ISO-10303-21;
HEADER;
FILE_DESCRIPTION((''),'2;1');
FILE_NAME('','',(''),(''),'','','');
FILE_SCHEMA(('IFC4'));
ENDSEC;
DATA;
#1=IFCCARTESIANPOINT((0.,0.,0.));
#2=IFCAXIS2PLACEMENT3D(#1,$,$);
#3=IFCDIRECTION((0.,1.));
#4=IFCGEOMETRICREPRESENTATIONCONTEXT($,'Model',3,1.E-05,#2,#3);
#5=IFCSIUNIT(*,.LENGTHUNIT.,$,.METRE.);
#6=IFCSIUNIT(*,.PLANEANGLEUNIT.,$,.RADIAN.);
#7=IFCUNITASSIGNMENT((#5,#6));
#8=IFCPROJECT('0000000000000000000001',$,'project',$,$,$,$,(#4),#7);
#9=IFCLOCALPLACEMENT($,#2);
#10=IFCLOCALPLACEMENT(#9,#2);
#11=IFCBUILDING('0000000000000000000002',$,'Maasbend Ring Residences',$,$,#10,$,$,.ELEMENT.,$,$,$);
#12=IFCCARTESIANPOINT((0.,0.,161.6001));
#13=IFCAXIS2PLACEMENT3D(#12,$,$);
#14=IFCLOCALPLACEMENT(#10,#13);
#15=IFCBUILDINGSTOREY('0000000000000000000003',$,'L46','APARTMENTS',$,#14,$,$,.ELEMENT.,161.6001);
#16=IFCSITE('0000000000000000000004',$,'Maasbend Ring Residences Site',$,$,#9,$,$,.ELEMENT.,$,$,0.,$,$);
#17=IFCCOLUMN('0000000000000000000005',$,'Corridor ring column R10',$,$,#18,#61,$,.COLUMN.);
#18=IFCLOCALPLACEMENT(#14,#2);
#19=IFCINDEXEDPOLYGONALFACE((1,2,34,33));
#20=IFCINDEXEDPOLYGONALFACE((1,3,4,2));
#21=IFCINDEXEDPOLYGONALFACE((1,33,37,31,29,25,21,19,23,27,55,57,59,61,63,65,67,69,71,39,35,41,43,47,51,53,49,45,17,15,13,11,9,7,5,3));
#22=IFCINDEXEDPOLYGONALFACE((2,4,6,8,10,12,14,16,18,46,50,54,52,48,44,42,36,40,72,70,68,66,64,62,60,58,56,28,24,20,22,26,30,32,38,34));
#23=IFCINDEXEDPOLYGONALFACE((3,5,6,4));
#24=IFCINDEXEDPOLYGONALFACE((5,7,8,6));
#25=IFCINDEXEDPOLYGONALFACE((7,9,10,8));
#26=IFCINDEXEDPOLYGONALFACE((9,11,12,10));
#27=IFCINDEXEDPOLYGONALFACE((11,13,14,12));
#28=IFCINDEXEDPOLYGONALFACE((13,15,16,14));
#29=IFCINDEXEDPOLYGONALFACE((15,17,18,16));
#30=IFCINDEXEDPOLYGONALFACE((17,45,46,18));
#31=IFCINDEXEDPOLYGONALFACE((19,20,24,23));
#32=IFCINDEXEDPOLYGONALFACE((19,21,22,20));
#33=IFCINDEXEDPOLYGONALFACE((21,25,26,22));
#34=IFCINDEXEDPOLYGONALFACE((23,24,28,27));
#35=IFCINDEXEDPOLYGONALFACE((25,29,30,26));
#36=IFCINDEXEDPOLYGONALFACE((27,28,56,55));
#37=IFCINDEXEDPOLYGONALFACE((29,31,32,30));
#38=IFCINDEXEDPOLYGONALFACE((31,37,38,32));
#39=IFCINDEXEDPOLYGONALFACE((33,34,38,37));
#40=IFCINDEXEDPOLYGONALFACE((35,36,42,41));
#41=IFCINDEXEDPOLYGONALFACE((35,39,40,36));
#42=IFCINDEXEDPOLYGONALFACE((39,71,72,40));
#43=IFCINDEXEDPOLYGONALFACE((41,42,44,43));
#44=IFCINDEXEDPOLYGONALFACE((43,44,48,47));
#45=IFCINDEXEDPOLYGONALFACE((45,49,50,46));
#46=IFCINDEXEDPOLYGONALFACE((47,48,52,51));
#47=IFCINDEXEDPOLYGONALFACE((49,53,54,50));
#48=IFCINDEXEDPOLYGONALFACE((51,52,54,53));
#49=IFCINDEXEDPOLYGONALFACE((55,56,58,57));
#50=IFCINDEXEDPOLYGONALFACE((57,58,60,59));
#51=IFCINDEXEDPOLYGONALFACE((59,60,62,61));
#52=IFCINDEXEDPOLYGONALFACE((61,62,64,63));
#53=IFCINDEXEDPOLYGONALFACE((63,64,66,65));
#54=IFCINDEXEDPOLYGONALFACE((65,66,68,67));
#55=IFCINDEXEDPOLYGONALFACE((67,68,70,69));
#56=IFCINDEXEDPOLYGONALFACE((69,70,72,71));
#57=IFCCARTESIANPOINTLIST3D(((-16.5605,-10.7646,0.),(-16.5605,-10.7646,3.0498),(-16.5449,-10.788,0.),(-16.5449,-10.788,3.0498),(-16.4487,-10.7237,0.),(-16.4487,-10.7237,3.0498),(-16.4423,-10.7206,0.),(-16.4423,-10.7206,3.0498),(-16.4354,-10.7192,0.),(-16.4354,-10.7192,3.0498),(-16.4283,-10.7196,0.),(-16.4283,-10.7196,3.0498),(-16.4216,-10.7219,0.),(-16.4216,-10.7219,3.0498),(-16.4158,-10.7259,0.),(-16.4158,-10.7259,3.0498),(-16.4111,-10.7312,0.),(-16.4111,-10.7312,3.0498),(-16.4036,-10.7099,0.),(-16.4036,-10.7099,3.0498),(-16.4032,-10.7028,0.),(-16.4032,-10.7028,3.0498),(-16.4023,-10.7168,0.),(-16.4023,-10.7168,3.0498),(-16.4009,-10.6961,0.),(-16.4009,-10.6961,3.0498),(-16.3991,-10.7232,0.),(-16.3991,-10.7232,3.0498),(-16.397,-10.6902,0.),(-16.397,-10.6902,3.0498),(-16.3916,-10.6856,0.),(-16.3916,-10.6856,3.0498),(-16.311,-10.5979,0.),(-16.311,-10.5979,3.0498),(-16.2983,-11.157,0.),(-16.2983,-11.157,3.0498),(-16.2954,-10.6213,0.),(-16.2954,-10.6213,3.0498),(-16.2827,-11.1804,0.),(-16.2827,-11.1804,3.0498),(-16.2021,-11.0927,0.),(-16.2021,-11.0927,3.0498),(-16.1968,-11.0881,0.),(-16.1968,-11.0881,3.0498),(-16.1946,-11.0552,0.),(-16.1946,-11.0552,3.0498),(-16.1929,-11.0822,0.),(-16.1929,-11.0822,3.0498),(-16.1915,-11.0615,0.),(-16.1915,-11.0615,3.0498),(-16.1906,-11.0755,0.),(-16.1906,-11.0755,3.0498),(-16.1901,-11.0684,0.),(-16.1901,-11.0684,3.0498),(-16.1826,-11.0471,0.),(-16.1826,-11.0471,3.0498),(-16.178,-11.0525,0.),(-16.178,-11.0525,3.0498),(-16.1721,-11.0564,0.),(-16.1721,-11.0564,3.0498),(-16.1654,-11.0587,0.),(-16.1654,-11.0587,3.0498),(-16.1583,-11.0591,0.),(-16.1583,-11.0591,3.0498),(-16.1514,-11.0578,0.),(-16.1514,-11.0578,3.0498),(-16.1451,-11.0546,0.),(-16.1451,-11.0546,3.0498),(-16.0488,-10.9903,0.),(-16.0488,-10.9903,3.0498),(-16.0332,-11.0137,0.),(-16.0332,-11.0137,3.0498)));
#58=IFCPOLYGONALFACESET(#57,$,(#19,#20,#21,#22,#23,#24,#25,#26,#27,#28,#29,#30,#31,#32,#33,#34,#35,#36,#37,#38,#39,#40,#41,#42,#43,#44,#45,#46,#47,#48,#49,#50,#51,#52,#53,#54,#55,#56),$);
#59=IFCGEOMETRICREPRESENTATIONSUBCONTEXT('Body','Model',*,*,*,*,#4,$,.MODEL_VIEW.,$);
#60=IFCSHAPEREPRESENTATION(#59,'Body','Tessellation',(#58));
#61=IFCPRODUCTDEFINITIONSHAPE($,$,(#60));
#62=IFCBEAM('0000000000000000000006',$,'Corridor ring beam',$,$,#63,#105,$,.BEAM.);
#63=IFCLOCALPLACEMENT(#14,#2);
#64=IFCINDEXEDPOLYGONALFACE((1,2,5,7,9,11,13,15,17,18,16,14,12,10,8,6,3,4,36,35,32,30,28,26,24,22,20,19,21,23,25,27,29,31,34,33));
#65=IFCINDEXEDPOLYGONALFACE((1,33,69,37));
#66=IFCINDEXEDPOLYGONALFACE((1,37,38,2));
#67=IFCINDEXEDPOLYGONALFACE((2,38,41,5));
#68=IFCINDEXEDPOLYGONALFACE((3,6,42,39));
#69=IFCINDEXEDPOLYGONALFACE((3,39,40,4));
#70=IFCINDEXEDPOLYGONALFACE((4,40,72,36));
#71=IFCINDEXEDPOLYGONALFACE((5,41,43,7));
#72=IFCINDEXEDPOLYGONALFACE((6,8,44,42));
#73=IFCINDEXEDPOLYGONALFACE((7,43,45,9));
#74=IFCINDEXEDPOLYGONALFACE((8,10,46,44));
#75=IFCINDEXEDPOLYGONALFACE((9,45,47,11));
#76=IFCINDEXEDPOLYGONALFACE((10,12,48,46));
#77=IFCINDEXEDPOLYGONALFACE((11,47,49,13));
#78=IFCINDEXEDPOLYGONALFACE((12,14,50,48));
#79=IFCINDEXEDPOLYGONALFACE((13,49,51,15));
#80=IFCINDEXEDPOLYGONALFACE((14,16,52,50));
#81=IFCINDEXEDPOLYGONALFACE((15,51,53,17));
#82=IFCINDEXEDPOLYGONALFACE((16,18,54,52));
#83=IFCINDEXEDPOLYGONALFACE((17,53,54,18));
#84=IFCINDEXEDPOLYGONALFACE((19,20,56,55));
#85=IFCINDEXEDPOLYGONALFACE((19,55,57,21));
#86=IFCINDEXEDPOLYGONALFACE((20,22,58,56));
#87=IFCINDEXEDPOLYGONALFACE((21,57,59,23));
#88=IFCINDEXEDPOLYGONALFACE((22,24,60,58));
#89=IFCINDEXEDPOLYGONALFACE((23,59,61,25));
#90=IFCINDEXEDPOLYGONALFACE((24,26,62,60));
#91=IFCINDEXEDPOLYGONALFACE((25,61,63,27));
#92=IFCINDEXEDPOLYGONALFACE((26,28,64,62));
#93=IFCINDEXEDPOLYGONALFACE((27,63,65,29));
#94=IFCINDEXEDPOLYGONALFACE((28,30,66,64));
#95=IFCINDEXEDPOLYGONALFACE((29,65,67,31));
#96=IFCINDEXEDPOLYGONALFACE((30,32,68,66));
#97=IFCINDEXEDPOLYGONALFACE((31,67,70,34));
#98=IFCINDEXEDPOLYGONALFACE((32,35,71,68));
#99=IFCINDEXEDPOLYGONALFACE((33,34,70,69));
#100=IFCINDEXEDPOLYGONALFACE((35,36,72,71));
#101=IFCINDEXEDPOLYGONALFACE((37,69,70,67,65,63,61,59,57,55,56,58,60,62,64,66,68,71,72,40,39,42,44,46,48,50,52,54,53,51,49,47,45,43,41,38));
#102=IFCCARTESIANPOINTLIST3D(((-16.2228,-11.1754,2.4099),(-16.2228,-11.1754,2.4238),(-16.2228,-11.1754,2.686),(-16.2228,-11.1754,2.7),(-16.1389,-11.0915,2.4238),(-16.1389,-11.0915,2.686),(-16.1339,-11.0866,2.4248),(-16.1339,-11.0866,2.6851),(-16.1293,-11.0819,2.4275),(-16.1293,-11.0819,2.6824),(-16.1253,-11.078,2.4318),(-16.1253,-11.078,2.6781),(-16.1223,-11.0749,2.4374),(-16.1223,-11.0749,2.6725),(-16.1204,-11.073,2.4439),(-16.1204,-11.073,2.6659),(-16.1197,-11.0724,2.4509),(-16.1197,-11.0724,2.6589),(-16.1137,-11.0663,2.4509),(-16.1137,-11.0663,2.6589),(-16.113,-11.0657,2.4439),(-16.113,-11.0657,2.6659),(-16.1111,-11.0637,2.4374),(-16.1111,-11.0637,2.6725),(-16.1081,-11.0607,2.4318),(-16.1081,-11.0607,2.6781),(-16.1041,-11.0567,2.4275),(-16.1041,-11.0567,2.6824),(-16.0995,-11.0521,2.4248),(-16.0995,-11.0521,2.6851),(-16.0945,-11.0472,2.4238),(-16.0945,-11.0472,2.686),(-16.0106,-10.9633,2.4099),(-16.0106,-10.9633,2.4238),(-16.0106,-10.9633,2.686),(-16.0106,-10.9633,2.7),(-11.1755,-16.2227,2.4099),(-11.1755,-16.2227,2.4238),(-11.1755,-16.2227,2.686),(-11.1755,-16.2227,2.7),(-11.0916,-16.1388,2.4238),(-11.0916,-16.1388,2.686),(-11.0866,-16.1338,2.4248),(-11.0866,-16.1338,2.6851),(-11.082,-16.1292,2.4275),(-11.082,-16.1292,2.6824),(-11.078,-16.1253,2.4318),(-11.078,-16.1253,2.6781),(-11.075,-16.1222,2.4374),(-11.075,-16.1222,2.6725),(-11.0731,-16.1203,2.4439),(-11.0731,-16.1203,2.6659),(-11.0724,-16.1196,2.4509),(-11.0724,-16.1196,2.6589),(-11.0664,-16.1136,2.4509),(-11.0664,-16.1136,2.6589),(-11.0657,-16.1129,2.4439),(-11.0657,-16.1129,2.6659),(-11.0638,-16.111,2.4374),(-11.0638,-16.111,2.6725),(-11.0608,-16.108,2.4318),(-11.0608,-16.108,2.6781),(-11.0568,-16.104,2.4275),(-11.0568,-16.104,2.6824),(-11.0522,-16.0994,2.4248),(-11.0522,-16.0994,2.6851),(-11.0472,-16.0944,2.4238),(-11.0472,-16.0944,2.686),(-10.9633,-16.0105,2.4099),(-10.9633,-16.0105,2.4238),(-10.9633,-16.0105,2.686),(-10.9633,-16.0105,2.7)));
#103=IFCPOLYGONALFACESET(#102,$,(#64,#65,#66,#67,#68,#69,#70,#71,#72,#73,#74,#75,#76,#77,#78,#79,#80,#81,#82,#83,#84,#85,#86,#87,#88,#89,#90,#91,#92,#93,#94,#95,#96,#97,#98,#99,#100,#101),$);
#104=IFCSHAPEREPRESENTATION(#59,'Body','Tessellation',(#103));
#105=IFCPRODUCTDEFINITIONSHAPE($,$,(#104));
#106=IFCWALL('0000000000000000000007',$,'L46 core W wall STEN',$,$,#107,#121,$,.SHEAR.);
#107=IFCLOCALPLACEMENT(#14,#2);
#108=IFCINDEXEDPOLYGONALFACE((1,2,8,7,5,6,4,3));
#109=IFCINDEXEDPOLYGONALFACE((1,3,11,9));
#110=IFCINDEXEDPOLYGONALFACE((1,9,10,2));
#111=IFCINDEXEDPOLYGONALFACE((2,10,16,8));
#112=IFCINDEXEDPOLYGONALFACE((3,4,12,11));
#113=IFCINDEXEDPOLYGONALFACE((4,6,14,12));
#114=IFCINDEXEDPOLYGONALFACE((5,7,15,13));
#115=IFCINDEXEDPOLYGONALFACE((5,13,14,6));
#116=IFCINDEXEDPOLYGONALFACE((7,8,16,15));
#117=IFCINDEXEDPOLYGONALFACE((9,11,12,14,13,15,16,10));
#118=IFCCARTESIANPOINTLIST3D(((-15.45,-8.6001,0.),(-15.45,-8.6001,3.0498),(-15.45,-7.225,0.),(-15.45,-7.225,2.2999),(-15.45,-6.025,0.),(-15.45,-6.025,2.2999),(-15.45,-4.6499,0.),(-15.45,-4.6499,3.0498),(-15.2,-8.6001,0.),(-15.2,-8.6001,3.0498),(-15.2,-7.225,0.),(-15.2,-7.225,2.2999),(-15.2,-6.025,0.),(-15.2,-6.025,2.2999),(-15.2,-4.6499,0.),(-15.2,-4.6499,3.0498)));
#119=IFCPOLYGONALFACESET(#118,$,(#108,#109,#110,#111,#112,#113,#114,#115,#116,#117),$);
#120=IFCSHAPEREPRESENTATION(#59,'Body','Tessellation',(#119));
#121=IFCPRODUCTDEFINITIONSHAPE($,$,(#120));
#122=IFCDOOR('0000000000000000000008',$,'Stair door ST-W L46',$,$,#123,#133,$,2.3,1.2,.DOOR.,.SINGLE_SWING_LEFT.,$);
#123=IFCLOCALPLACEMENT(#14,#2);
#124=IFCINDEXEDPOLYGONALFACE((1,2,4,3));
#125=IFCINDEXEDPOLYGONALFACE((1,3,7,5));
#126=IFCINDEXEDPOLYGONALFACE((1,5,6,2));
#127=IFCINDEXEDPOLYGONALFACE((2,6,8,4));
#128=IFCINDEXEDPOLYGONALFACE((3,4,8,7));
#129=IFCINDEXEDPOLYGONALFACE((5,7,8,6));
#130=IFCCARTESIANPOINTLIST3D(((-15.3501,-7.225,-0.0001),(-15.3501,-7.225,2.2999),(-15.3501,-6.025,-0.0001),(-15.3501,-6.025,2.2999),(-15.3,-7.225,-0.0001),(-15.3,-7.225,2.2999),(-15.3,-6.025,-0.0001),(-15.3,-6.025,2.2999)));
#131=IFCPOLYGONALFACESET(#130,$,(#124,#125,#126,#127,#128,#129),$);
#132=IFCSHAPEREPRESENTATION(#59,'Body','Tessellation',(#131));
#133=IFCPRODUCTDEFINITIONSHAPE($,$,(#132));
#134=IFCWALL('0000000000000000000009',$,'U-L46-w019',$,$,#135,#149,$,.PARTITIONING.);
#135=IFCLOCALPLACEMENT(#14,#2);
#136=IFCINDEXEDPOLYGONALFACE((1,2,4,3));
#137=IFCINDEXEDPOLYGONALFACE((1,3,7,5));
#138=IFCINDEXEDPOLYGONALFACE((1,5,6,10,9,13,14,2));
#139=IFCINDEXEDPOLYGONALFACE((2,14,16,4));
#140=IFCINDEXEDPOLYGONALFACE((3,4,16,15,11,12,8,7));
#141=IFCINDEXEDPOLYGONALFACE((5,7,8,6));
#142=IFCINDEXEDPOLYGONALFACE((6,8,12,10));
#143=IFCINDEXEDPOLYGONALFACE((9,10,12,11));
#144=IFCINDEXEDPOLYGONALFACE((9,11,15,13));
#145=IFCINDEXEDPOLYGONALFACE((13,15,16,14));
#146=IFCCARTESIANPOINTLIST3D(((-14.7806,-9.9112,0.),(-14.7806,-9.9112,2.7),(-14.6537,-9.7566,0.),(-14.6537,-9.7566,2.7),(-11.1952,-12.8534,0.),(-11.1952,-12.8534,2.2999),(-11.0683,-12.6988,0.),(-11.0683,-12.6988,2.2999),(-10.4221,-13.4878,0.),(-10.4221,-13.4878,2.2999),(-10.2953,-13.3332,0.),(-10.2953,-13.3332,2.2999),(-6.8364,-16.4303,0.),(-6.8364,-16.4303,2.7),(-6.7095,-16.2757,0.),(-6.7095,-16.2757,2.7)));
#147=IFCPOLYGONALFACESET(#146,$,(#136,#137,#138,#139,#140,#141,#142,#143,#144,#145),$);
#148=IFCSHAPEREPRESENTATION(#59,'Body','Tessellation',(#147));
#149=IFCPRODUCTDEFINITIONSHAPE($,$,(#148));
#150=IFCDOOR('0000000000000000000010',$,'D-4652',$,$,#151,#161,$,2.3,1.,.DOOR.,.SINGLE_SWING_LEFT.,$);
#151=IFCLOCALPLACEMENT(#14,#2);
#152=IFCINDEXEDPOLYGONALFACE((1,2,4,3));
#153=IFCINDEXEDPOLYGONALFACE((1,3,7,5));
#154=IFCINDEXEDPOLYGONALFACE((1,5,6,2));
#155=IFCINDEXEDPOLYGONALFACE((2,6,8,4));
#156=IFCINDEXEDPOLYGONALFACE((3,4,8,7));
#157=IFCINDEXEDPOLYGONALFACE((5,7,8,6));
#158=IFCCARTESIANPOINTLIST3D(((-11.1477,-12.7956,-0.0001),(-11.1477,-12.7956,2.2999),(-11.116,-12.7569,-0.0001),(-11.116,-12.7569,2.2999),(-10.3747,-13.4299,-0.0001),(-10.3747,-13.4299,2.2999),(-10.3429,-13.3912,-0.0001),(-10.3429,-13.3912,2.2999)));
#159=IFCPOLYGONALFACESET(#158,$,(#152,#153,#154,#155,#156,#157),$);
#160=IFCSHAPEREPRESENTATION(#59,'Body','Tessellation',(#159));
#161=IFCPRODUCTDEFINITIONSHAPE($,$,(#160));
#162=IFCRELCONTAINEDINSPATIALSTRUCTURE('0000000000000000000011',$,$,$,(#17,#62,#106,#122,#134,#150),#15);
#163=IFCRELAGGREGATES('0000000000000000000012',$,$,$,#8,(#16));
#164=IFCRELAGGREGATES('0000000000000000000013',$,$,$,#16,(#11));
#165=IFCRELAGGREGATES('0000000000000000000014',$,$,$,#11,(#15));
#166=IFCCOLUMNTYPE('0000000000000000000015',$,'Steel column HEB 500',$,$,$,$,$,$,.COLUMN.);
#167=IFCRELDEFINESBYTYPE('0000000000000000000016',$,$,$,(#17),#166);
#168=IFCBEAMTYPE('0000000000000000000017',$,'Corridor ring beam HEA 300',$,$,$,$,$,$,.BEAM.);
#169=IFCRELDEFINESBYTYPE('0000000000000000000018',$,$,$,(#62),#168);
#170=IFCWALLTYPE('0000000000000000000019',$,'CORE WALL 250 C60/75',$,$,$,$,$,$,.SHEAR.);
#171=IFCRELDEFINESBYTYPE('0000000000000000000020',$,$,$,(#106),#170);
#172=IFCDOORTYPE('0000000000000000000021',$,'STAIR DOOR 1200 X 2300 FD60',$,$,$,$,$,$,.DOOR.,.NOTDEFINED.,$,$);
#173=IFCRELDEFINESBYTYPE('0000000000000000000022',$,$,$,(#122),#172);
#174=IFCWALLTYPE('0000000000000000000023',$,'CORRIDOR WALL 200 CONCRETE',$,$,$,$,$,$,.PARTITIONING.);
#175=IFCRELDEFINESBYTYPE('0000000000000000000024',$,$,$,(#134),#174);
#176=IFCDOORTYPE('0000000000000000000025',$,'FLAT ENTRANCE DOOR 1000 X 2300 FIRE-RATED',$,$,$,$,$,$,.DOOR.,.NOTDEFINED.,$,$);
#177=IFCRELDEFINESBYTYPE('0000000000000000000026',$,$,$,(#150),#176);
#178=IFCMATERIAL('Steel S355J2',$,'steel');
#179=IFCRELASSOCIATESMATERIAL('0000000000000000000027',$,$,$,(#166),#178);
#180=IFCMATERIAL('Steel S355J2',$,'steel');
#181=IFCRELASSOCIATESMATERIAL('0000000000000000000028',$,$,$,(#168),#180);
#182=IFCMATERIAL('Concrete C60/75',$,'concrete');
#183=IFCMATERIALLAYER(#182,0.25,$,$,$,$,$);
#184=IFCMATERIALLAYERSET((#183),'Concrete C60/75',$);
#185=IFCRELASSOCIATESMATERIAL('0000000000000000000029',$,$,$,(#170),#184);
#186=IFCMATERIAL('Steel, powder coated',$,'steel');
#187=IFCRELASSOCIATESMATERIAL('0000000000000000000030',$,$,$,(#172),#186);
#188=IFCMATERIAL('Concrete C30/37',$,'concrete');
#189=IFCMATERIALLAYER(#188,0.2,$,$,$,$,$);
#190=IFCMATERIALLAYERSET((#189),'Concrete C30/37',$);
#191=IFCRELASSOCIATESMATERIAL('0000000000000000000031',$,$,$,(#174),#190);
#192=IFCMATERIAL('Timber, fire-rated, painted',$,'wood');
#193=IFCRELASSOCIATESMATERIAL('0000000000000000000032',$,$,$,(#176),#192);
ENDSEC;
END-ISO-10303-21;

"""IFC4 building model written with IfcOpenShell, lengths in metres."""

from ifc_helpers import new_model, si_unit, direction, frame, frame_2d, origin, origin_2d, place, context, subcontext, project, spatial, rectangle, i_section, extrude, material, layer, layer_set, material_profile, profile_set, type_object, element, fill, save


model = new_model("IFC4")

# Units and contexts
model_context = context("Model", 3, precision=1e-05, world=origin(), true_north=direction((0.0, 1.0)))
body_context = subcontext(model_context, "Body", "Model", "MODEL_VIEW")
ifc_project = project(units=[si_unit("LENGTHUNIT", "METRE"), si_unit("PLANEANGLEUNIT", "RADIAN")], contexts=[model_context])

# Site, building, storey
site_placement = place(None, origin())
site = spatial("IfcSite", under=ifc_project, at=site_placement, Name="Maasbend Ring Residences Site", CompositionType="ELEMENT", RefElevation=0.0)
building_placement = place(site_placement, origin())
building = spatial("IfcBuilding", under=site, at=building_placement, Name="Maasbend Ring Residences", CompositionType="ELEMENT")
storey_placement = place(building_placement, frame((0.0, 0.0, 161.6001)))
storey = spatial("IfcBuildingStorey", under=building, at=storey_placement, Name="L46", Description="APARTMENTS", CompositionType="ELEMENT", Elevation=161.6001)

# Column
ifc_material_1 = material(Name="Steel S355J2", Category="steel")
ifc_material_profile_1 = material_profile(ifc_material_1, i_section(OverallWidth=0.3, OverallDepth=0.5, WebThickness=0.0144, FlangeThickness=0.0281, FilletRadius=0.0271, at=origin_2d()), Name="HEB 500")
ifc_profile_set_1 = profile_set([ifc_material_profile_1], Name="Steel S355J2")
column_type = type_object("IfcColumnType", Name="Steel column HEB 500", PredefinedType="COLUMN", material=ifc_profile_set_1)
column_placement = place(storey_placement, frame((-16.2969, -10.8892, 0.0), z_axis=(0.0, 0.0, 1.0), x_axis=(-0.83147, -0.55557, 0.0)))
element("IfcColumn", 1, at=column_placement, inside=storey, type_object=column_type, Name="Corridor ring column R10", PredefinedType="COLUMN", context=body_context, shape_type="SweptSolid", body=[
    extrude(i_section(OverallWidth=0.3, OverallDepth=0.5, WebThickness=0.0144, FlangeThickness=0.0281, FilletRadius=0.0271, at=origin_2d()), origin(), (0.0, 0.0, 1.0), 3.0498),
])

# Beam
ifc_material_2 = material(Name="Steel S355J2", Category="steel")
ifc_material_profile_2 = material_profile(ifc_material_2, i_section(OverallWidth=0.3, OverallDepth=0.29, WebThickness=0.0085, FlangeThickness=0.0139, FilletRadius=0.0271, at=origin_2d()), Name="HEA 300")
ifc_profile_set_2 = profile_set([ifc_material_profile_2], Name="Steel S355J2")
beam_type = type_object("IfcBeamType", Name="Corridor ring beam HEA 300", PredefinedType="BEAM", material=ifc_profile_set_2)
beam_placement = place(storey_placement, frame((-16.1167, -11.0693, 2.5549), z_axis=(0.707107, -0.707107, 0.0), x_axis=(0.707107, 0.707107, 0.0)))
element("IfcBeam", 2, at=beam_placement, inside=storey, type_object=beam_type, Name="Corridor ring beam", PredefinedType="BEAM", context=body_context, shape_type="SweptSolid", body=[
    extrude(i_section(OverallWidth=0.3, OverallDepth=0.29, WebThickness=0.0085, FlangeThickness=0.0139, FilletRadius=0.0271, at=origin_2d()), origin(), (0.0, 0.0, 1.0), 7.1379),
])

# Walls, openings, doors
ifc_material_3 = material(Name="Concrete C60/75", Category="concrete")
ifc_layer_1 = layer(ifc_material_3, 0.25)
ifc_layer_set_1 = layer_set([ifc_layer_1], Name="Concrete C60/75")
wall_type_1 = type_object("IfcWallType", Name="CORE WALL 250 C60/75", PredefinedType="SHEAR", material=ifc_layer_set_1)
wall_1_placement = place(storey_placement, frame((-15.325, -4.6499, 0.0), z_axis=(0.0, 0.0, 1.0), x_axis=(0.0, -1.0, 0.0)))
wall_1 = element("IfcWall", 3, at=wall_1_placement, inside=storey, type_object=wall_type_1, Name="L46 core W wall STEN", PredefinedType="SHEAR", context=body_context, shape_type="SweptSolid", body=[
    extrude(rectangle(XDim=3.9502, YDim=0.25, at=frame_2d((1.9751, 0.0))), origin(), (0.0, 0.0, 1.0), 3.0498),
])
opening_1_placement = place(wall_1_placement, frame((1.375, 0.0, 0.0)))
opening_1 = element("IfcOpeningElement", 4, at=opening_1_placement, cuts=wall_1, PredefinedType="OPENING", context=body_context, shape_type="SweptSolid", body=[
    extrude(rectangle(XDim=1.2, YDim=2.3, at=frame_2d((0.6001, 1.1499))), frame((0.0, 0.135, 0.0), z_axis=(0.0, -1.0, 0.0), x_axis=(1.0, 0.0, 0.0)), (0.0, 0.0, 1.0), 0.27),
])
ifc_material_4 = material(Name="Steel, powder coated", Category="steel")
door_type_1 = type_object("IfcDoorType", Name="STAIR DOOR 1200 X 2300 FD60", OperationType="NOTDEFINED", PredefinedType="DOOR", material=ifc_material_4)
door_1_placement = place(opening_1_placement, origin())
door_1 = element("IfcDoor", 5, at=door_1_placement, inside=storey, type_object=door_type_1, Name="Stair door ST-W L46", OperationType="SINGLE_SWING_LEFT", OverallHeight=2.3, OverallWidth=1.2, PredefinedType="DOOR", context=body_context, shape_type="SweptSolid", body=[
    extrude(rectangle(XDim=1.2, YDim=2.3, at=frame_2d((0.6001, 1.1499))), frame((0.0, 0.0249, 0.0), z_axis=(0.0, -1.0, 0.0), x_axis=(1.0, 0.0, 0.0)), (0.0, 0.0, 1.0), 0.05),
])
fill(opening_1, door_1)
ifc_material_5 = material(Name="Concrete C30/37", Category="concrete")
ifc_layer_2 = layer(ifc_material_5, 0.2)
ifc_layer_set_2 = layer_set([ifc_layer_2], Name="Concrete C30/37")
wall_type_2 = type_object("IfcWallType", Name="CORRIDOR WALL 200 CONCRETE", PredefinedType="PARTITIONING", material=ifc_layer_set_2)
wall_2_placement = place(storey_placement, frame((-14.717, -9.834, 0.0), z_axis=(0.0, 0.0, 1.0), x_axis=(0.773035, -0.634364, 0.0)))
wall_2 = element("IfcWall", 6, at=wall_2_placement, inside=storey, type_object=wall_type_2, Name="U-L46-w019", PredefinedType="PARTITIONING", context=body_context, shape_type="SweptSolid", body=[
    extrude(rectangle(XDim=10.2766, YDim=0.2, at=frame_2d((5.1382, 0.0))), origin(), (0.0, 0.0, 1.0), 2.7),
])
opening_2_placement = place(wall_2_placement, frame((4.6379, 0.0, 0.0)))
opening_2 = element("IfcOpeningElement", 7, at=opening_2_placement, cuts=wall_2, PredefinedType="OPENING", context=body_context, shape_type="SweptSolid", body=[
    extrude(rectangle(XDim=1.0, YDim=2.3, at=frame_2d((0.5, 1.1499))), frame((0.0, 0.1099, 0.0), z_axis=(0.0, -1.0, 0.0), x_axis=(1.0, 0.0, 0.0)), (0.0, 0.0, 1.0), 0.22),
])
ifc_material_6 = material(Name="Timber, fire-rated, painted", Category="wood")
door_type_2 = type_object("IfcDoorType", Name="FLAT ENTRANCE DOOR 1000 X 2300 FIRE-RATED", OperationType="NOTDEFINED", PredefinedType="DOOR", material=ifc_material_6)
door_2_placement = place(opening_2_placement, origin())
door_2 = element("IfcDoor", 8, at=door_2_placement, inside=storey, type_object=door_type_2, Name="D-4652", OperationType="SINGLE_SWING_LEFT", OverallHeight=2.3, OverallWidth=1.0, PredefinedType="DOOR", context=body_context, shape_type="SweptSolid", body=[
    extrude(rectangle(XDim=1.0, YDim=2.3, at=frame_2d((0.5, 1.1499))), frame((0.0, 0.0249, 0.0), z_axis=(0.0, -1.0, 0.0), x_axis=(1.0, 0.0, 0.0)), (0.0, 0.0, 1.0), 0.05),
])
fill(opening_2, door_2)

save(model, "model.ifc")
